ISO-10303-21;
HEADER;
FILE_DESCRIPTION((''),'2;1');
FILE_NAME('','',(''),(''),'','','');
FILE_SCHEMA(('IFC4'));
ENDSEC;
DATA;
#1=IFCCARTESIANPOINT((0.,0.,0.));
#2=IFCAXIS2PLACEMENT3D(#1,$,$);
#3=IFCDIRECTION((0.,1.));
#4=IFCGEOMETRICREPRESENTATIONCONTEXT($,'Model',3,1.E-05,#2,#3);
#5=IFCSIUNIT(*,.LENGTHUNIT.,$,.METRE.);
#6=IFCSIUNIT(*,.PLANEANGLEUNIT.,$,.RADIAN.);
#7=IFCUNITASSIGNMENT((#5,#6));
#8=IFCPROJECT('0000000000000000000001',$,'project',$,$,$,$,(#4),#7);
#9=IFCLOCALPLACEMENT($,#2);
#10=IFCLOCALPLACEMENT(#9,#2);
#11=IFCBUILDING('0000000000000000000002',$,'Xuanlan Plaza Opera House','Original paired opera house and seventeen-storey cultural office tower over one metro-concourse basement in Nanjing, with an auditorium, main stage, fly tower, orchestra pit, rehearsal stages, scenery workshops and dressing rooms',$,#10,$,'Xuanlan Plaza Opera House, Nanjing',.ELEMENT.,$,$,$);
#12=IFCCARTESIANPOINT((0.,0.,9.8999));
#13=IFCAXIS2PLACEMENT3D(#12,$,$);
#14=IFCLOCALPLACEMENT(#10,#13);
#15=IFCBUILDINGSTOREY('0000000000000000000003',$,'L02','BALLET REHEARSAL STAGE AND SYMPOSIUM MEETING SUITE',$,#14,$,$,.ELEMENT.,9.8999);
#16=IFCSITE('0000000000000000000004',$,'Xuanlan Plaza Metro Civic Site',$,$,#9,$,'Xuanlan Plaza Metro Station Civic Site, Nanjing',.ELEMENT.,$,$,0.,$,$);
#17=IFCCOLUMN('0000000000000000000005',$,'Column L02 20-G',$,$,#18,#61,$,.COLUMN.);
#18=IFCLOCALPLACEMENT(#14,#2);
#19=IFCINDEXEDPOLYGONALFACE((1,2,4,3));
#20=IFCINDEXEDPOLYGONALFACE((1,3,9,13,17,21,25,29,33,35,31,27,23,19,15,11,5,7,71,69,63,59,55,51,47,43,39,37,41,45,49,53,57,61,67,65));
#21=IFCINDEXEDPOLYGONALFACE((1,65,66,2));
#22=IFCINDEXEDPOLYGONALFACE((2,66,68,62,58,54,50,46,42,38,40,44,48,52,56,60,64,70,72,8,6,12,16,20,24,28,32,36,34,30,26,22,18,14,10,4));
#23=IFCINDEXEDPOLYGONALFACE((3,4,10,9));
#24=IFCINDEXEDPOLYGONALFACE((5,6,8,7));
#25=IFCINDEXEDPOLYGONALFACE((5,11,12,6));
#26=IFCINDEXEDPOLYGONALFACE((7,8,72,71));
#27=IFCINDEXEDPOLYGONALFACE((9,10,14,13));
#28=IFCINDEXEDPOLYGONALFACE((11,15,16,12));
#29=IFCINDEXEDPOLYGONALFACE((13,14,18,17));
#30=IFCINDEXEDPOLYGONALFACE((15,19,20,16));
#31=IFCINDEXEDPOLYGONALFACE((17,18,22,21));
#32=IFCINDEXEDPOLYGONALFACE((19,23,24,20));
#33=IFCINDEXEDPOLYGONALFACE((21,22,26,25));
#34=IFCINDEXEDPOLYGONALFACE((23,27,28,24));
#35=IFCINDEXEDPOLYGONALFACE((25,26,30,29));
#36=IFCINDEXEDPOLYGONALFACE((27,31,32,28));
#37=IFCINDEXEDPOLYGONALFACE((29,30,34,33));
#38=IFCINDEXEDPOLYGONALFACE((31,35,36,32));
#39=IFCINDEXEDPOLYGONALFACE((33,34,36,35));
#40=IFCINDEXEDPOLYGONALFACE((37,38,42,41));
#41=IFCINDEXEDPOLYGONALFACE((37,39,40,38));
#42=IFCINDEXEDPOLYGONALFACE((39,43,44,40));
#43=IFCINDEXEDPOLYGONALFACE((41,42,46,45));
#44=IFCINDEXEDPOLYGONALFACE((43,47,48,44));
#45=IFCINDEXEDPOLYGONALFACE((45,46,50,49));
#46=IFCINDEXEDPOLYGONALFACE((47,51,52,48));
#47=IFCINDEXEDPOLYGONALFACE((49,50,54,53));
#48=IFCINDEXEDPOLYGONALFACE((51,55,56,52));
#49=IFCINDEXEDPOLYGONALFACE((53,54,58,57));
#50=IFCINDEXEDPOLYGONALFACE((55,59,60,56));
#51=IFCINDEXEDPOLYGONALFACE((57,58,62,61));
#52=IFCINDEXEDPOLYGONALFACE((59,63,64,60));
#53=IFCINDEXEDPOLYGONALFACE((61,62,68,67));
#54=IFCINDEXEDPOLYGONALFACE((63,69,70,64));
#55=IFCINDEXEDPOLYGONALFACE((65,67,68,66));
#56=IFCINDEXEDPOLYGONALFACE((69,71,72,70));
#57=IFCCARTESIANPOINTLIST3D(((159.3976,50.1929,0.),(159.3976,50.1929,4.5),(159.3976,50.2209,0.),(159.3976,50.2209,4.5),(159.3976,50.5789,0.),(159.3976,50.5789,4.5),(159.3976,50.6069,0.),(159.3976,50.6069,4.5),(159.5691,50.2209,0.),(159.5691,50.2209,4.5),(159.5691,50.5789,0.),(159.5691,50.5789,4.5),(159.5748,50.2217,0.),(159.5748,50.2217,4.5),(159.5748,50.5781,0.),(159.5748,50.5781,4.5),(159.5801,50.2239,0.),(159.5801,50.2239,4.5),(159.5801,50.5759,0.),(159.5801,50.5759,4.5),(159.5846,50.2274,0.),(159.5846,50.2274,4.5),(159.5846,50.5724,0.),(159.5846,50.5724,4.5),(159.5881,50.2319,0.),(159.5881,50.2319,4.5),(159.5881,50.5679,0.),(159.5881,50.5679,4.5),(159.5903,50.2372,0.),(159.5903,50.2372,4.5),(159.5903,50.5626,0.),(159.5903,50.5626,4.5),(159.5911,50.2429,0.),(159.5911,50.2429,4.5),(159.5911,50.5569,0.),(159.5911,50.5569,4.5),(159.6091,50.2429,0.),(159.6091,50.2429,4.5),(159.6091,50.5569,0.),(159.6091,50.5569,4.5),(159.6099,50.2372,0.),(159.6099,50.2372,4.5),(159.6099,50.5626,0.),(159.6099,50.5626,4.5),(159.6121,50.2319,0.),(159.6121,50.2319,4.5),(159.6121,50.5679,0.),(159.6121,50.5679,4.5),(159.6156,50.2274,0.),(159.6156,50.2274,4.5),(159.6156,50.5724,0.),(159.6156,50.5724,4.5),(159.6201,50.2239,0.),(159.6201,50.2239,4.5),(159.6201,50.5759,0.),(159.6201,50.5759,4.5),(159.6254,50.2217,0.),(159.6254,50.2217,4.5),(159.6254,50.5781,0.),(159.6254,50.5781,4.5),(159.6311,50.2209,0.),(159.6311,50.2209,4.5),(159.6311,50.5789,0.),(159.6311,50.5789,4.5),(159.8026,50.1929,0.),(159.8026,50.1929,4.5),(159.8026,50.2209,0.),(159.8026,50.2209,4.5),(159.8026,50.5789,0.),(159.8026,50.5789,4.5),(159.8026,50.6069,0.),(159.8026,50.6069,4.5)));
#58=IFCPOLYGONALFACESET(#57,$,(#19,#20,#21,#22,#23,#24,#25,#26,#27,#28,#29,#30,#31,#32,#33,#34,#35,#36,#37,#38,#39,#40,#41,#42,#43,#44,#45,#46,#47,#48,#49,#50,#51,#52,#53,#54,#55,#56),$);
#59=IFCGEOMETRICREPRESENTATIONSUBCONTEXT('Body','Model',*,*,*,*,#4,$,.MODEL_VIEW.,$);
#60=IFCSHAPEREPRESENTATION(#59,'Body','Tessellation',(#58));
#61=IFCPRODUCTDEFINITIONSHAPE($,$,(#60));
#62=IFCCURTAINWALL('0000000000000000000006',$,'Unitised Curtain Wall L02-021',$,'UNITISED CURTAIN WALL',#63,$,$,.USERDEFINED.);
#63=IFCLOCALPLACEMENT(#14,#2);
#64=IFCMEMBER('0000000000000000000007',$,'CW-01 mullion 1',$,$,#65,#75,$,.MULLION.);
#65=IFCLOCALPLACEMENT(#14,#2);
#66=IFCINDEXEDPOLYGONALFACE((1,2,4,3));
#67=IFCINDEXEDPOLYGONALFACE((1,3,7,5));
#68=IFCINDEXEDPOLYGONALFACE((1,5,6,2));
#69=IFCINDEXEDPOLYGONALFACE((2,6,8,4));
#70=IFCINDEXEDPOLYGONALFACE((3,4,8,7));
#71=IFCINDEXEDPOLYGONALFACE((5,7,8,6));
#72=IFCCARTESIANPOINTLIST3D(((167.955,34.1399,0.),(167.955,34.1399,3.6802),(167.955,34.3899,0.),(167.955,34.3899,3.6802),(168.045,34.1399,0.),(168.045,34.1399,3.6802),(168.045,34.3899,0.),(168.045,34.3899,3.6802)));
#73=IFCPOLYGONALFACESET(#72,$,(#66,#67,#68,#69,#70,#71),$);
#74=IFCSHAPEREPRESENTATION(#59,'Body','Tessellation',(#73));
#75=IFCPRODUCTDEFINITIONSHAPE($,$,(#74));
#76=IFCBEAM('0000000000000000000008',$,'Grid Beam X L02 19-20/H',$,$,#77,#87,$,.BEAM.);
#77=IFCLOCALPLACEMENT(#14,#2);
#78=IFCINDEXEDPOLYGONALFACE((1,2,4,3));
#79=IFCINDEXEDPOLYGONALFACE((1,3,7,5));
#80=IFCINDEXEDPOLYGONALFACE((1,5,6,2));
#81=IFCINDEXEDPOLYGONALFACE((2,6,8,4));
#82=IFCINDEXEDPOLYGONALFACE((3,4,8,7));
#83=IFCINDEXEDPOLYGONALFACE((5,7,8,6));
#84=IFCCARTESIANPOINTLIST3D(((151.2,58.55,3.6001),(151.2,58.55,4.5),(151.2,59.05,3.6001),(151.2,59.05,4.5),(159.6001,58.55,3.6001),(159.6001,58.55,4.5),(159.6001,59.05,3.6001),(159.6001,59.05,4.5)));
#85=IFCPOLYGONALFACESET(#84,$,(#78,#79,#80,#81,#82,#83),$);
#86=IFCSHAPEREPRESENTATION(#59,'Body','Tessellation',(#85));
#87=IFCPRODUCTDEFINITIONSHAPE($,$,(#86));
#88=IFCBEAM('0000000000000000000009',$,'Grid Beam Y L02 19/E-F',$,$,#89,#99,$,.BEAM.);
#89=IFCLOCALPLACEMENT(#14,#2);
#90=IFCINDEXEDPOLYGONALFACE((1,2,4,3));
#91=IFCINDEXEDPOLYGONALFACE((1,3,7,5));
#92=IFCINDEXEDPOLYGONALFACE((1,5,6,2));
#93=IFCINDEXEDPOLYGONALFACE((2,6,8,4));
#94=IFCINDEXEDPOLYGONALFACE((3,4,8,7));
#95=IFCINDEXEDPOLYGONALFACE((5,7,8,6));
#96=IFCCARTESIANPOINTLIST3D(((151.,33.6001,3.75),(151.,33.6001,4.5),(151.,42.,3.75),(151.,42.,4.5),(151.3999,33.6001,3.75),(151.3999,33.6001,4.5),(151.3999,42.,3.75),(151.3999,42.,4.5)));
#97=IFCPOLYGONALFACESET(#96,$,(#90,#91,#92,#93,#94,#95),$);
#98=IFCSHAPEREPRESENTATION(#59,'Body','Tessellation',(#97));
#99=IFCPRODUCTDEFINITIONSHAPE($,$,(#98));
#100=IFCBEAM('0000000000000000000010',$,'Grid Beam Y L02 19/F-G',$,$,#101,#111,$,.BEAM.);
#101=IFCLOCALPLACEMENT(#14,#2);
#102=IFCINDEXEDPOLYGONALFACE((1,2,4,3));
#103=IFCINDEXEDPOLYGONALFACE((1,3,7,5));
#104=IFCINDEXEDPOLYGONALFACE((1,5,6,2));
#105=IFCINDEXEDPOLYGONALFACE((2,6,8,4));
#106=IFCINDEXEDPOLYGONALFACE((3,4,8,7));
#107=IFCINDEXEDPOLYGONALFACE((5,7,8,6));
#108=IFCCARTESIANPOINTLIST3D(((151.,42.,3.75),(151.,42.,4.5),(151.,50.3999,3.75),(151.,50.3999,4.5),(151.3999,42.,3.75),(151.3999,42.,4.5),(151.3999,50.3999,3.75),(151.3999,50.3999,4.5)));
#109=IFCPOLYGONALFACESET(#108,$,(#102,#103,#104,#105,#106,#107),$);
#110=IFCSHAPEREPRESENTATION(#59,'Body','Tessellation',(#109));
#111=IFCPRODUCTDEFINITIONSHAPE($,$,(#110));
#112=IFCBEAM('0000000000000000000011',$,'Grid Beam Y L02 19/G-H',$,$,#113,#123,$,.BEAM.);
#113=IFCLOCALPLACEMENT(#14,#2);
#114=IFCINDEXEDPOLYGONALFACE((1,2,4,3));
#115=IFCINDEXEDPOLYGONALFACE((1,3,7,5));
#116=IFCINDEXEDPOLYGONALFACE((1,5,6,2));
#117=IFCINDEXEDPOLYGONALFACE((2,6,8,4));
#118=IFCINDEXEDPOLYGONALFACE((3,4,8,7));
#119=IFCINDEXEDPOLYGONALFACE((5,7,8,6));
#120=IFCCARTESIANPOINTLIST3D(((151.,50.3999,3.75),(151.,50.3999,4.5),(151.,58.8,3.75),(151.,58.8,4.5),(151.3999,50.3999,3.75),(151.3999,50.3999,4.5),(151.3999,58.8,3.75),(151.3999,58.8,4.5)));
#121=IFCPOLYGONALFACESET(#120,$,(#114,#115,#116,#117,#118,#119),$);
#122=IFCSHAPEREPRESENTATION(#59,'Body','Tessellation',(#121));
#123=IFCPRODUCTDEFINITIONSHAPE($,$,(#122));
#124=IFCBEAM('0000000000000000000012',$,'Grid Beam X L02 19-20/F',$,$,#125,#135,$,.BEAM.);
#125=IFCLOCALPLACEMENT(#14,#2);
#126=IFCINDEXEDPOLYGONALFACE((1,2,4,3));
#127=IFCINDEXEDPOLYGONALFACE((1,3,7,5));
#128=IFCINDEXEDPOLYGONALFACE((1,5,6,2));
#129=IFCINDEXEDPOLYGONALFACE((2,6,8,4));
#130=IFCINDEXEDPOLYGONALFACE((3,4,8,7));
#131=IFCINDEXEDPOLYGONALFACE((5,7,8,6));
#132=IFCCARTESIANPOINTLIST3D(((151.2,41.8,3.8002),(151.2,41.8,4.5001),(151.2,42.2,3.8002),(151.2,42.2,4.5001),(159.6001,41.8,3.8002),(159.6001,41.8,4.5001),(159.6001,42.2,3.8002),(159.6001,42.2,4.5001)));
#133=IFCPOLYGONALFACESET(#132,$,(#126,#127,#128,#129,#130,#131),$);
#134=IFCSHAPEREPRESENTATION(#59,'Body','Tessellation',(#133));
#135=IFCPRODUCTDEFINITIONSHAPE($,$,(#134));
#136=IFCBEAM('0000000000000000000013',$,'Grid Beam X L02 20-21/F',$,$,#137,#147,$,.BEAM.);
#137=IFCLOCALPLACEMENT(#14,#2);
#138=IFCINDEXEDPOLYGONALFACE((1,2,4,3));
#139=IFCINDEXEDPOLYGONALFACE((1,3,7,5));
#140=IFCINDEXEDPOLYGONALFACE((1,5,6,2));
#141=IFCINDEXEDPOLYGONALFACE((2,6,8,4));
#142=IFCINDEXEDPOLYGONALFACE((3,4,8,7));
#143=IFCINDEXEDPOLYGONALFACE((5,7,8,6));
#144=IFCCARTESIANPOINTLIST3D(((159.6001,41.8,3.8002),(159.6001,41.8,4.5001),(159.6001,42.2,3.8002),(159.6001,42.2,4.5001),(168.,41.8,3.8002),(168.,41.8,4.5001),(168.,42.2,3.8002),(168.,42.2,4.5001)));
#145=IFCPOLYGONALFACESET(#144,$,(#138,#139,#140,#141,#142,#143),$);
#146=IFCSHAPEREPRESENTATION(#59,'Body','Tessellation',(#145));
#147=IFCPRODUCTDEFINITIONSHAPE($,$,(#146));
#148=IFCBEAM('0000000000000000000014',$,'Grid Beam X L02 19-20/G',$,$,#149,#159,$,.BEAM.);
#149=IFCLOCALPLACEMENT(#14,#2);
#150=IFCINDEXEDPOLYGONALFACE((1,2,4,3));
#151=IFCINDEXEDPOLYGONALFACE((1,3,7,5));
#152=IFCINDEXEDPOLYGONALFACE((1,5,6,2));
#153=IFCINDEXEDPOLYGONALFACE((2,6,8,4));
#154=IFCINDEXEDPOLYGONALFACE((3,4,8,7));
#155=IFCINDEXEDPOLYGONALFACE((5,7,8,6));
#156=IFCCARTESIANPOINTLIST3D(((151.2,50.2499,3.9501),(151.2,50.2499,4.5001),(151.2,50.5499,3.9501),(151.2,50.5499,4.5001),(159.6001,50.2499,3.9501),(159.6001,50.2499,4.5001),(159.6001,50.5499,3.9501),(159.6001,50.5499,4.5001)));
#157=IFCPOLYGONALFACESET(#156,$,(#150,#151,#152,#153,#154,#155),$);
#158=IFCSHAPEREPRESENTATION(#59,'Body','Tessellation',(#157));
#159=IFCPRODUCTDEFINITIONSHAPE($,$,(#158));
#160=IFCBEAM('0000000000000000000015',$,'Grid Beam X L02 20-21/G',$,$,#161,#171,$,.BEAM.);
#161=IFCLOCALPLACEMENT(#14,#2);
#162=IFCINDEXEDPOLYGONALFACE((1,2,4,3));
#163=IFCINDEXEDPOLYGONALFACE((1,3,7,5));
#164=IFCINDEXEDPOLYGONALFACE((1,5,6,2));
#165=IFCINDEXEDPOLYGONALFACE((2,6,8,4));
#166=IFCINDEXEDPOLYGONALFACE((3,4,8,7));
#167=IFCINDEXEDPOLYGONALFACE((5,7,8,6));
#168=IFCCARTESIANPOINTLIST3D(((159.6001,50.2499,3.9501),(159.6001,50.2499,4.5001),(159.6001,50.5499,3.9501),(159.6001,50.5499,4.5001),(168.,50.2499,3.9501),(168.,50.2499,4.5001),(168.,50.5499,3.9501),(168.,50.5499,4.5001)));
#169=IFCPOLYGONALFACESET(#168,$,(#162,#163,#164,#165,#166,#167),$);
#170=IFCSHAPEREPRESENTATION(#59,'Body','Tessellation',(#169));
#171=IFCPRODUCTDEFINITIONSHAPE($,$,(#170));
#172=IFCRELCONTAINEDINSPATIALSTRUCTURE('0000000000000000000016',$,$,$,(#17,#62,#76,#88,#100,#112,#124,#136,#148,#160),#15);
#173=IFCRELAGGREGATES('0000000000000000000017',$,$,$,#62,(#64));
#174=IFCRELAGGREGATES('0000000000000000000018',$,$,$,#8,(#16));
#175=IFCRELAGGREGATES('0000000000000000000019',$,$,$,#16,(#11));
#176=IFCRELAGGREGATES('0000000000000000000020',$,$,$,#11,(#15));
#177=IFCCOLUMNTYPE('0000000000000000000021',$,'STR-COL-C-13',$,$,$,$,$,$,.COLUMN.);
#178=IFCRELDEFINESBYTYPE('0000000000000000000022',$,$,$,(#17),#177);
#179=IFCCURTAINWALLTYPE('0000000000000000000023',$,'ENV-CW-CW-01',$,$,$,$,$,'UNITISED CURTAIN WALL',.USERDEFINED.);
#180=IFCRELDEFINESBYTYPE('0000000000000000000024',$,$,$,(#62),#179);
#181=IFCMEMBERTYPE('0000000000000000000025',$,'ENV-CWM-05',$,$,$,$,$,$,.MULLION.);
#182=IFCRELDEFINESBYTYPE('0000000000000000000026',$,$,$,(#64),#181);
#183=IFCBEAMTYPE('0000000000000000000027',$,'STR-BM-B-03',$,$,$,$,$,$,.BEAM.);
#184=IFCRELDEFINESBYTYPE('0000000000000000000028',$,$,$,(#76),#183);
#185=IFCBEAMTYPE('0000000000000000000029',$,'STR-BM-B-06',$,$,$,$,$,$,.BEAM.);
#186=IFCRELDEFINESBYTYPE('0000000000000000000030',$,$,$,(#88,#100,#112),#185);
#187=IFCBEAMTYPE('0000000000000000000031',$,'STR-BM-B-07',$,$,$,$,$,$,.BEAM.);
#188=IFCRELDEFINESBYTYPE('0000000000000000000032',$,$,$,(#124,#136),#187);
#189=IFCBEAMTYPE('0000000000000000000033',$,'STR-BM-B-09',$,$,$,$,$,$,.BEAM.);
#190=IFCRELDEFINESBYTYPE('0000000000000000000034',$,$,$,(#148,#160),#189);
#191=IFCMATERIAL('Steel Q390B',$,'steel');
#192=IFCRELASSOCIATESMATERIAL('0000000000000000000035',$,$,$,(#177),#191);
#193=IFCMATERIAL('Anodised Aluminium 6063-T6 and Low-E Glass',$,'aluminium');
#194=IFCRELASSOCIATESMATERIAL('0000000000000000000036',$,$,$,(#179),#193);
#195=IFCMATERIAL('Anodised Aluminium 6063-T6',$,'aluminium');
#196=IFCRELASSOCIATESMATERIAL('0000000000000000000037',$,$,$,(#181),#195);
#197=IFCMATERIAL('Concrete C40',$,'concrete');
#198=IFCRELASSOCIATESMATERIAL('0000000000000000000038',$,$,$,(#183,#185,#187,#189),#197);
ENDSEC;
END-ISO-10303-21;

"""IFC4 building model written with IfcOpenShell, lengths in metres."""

from ifc_helpers import new_model, si_unit, direction, frame, origin, origin_2d, place, context, subcontext, project, spatial, rectangle, i_section, extrude, material, material_profile, profile_set, type_object, element, aggregate, save


model = new_model("IFC4")

# Units and contexts
model_context = context("Model", 3, precision=1e-05, world=origin(), true_north=direction((0.0, 1.0)))
body_context = subcontext(model_context, "Body", "Model", "MODEL_VIEW")
ifc_project = project(units=[si_unit("LENGTHUNIT", "METRE"), si_unit("PLANEANGLEUNIT", "RADIAN")], contexts=[model_context])

# Site, building, storey
site_placement = place(None, origin())
site = spatial("IfcSite", under=ifc_project, at=site_placement, Name="Xuanlan Plaza Metro Civic Site", LongName="Xuanlan Plaza Metro Station Civic Site, Nanjing", CompositionType="ELEMENT", RefElevation=0.0)
building_placement = place(site_placement, origin())
building = spatial("IfcBuilding", under=site, at=building_placement, Name="Xuanlan Plaza Opera House", Description="Original paired opera house and seventeen-storey cultural office tower over one metro-concourse basement in Nanjing, with an auditorium, main stage, fly tower, orchestra pit, rehearsal stages, scenery workshops and dressing rooms", LongName="Xuanlan Plaza Opera House, Nanjing", CompositionType="ELEMENT")
storey_placement = place(building_placement, frame((0.0, 0.0, 9.8999)))
storey = spatial("IfcBuildingStorey", under=building, at=storey_placement, Name="L02", Description="BALLET REHEARSAL STAGE AND SYMPOSIUM MEETING SUITE", CompositionType="ELEMENT", Elevation=9.8999)

# Column
ifc_material_1 = material(Name="Steel Q390B", Category="steel")
ifc_material_profile_1 = material_profile(ifc_material_1, i_section(OverallWidth=0.405, OverallDepth=0.4141, WebThickness=0.0181, FlangeThickness=0.0281, FilletRadius=0.022, at=origin_2d()), Name="HW 414x405x18x28")
ifc_profile_set_1 = profile_set([ifc_material_profile_1], Name="Steel Q390B")
column_type_1 = type_object("IfcColumnType", Name="STR-COL-C-13", PredefinedType="COLUMN", material=ifc_profile_set_1)
for number, where, z_axis, x_axis, name in (
    (1, (159.6001, 50.3999, 0.0), (0.0, 0.0, 1.0), (1.0, 0.0, 0.0), "Column L02 20-G"),
):
    element("IfcColumn", number, at=place(storey_placement, frame(where, z_axis=z_axis, x_axis=x_axis)), inside=storey, type_object=column_type_1, Name=name, PredefinedType="COLUMN", context=body_context, shape_type="SweptSolid", body=[
        extrude(i_section(OverallWidth=0.405, OverallDepth=0.4141, WebThickness=0.0181, FlangeThickness=0.0281, FilletRadius=0.022, at=origin_2d()), origin(), (0.0, 0.0, 1.0), 4.5),
    ])

# Curtain wall, member
ifc_material_2 = material(Name="Anodised Aluminium 6063-T6 and Low-E Glass", Category="aluminium")
curtain_wall_type = type_object("IfcCurtainWallType", Name="ENV-CW-CW-01", ElementType="UNITISED CURTAIN WALL", PredefinedType="USERDEFINED", material=ifc_material_2)
curtain_wall_placement = place(storey_placement, origin())
curtain_wall = element("IfcCurtainWall", 2, at=curtain_wall_placement, inside=storey, type_object=curtain_wall_type, Name="Unitised Curtain Wall L02-021", ObjectType="UNITISED CURTAIN WALL", PredefinedType="USERDEFINED")
ifc_material_3 = material(Name="Anodised Aluminium 6063-T6", Category="aluminium")
ifc_material_profile_2 = material_profile(ifc_material_3, rectangle(XDim=0.0901, YDim=0.25, at=origin_2d()), Name="ALU-M 90x250")
ifc_profile_set_2 = profile_set([ifc_material_profile_2], Name="Anodised Aluminium 6063-T6")
member_type = type_object("IfcMemberType", Name="ENV-CWM-05", PredefinedType="MULLION", material=ifc_profile_set_2)
member_placement = place(storey_placement, frame((168.0, 34.2649, 0.0), z_axis=(0.0, 0.0, 1.0), x_axis=(-1.0, 0.0, 0.0)))
member = element("IfcMember", 3, at=member_placement, type_object=member_type, Name="CW-01 mullion 1", PredefinedType="MULLION", context=body_context, shape_type="SweptSolid", body=[
    extrude(rectangle(XDim=0.0901, YDim=0.25, at=origin_2d()), origin(), (0.0, 0.0, 1.0), 3.6802),
])
aggregate(curtain_wall, [member])

# Beams
ifc_material_4 = material(Name="Concrete C40", Category="concrete")
ifc_material_profile_3 = material_profile(ifc_material_4, rectangle(XDim=0.5, YDim=0.8999, at=origin_2d()), Name="RC-BM 500x900")
ifc_profile_set_3 = profile_set([ifc_material_profile_3], Name="Concrete C40")
beam_type_1 = type_object("IfcBeamType", Name="STR-BM-B-03", PredefinedType="BEAM", material=ifc_profile_set_3)
beam_1_placement = place(storey_placement, frame((151.2, 58.8, 4.05), z_axis=(1.0, 0.0, 0.0), x_axis=(0.0, 1.0, 0.0)))
element("IfcBeam", 4, at=beam_1_placement, inside=storey, type_object=beam_type_1, Name="Grid Beam X L02 19-20/H", PredefinedType="BEAM", context=body_context, shape_type="SweptSolid", body=[
    extrude(rectangle(XDim=0.5, YDim=0.8999, at=origin_2d()), origin(), (0.0, 0.0, 1.0), 8.4001),
])
ifc_material_profile_4 = material_profile(ifc_material_4, rectangle(XDim=0.3999, YDim=0.75, at=origin_2d()), Name="RC-BM 400x750")
ifc_profile_set_4 = profile_set([ifc_material_profile_4], Name="Concrete C40")
beam_type_2 = type_object("IfcBeamType", Name="STR-BM-B-06", PredefinedType="BEAM", material=ifc_profile_set_4)
for number, where, z_axis, x_axis, name in (
    (5, (151.2, 33.6001, 4.125), (0.0, 1.0, 0.0), (-1.0, 0.0, 0.0), "Grid Beam Y L02 19/E-F"),
    (6, (151.2, 42.0, 4.125), (0.0, 1.0, 0.0), (-1.0, 0.0, 0.0), "Grid Beam Y L02 19/F-G"),
):
    element("IfcBeam", number, at=place(storey_placement, frame(where, z_axis=z_axis, x_axis=x_axis)), inside=storey, type_object=beam_type_2, Name=name, PredefinedType="BEAM", context=body_context, shape_type="SweptSolid", body=[
        extrude(rectangle(XDim=0.3999, YDim=0.75, at=origin_2d()), origin(), (0.0, 0.0, 1.0), 8.3999),
    ])
beam_2_placement = place(storey_placement, frame((151.2, 50.3999, 4.125), z_axis=(0.0, 1.0, 0.0), x_axis=(-1.0, 0.0, 0.0)))
element("IfcBeam", 7, at=beam_2_placement, inside=storey, type_object=beam_type_2, Name="Grid Beam Y L02 19/G-H", PredefinedType="BEAM", context=body_context, shape_type="SweptSolid", body=[
    extrude(rectangle(XDim=0.3999, YDim=0.75, at=origin_2d()), origin(), (0.0, 0.0, 1.0), 8.4001),
])
ifc_material_profile_5 = material_profile(ifc_material_4, rectangle(XDim=0.3999, YDim=0.7, at=origin_2d()), Name="RC-BM 400x700")
ifc_profile_set_5 = profile_set([ifc_material_profile_5], Name="Concrete C40")
beam_type_3 = type_object("IfcBeamType", Name="STR-BM-B-07", PredefinedType="BEAM", material=ifc_profile_set_5)
beam_3_placement = place(storey_placement, frame((151.2, 42.0, 4.1501), z_axis=(1.0, 0.0, 0.0), x_axis=(0.0, 1.0, 0.0)))
element("IfcBeam", 8, at=beam_3_placement, inside=storey, type_object=beam_type_3, Name="Grid Beam X L02 19-20/F", PredefinedType="BEAM", context=body_context, shape_type="SweptSolid", body=[
    extrude(rectangle(XDim=0.3999, YDim=0.7, at=origin_2d()), origin(), (0.0, 0.0, 1.0), 8.4001),
])
beam_4_placement = place(storey_placement, frame((159.6001, 42.0, 4.1501), z_axis=(1.0, 0.0, 0.0), x_axis=(0.0, 1.0, 0.0)))
element("IfcBeam", 9, at=beam_4_placement, inside=storey, type_object=beam_type_3, Name="Grid Beam X L02 20-21/F", PredefinedType="BEAM", context=body_context, shape_type="SweptSolid", body=[
    extrude(rectangle(XDim=0.3999, YDim=0.7, at=origin_2d()), origin(), (0.0, 0.0, 1.0), 8.3999),
])
ifc_material_profile_6 = material_profile(ifc_material_4, rectangle(XDim=0.3, YDim=0.55, at=origin_2d()), Name="RC-BM 300x550")
ifc_profile_set_6 = profile_set([ifc_material_profile_6], Name="Concrete C40")
beam_type_4 = type_object("IfcBeamType", Name="STR-BM-B-09", PredefinedType="BEAM", material=ifc_profile_set_6)
beam_5_placement = place(storey_placement, frame((151.2, 50.3999, 4.2251), z_axis=(1.0, 0.0, 0.0), x_axis=(0.0, 1.0, 0.0)))
element("IfcBeam", 10, at=beam_5_placement, inside=storey, type_object=beam_type_4, Name="Grid Beam X L02 19-20/G", PredefinedType="BEAM", context=body_context, shape_type="SweptSolid", body=[
    extrude(rectangle(XDim=0.3, YDim=0.55, at=origin_2d()), origin(), (0.0, 0.0, 1.0), 8.4001),
])
beam_6_placement = place(storey_placement, frame((159.6001, 50.3999, 4.2251), z_axis=(1.0, 0.0, 0.0), x_axis=(0.0, 1.0, 0.0)))
element("IfcBeam", 11, at=beam_6_placement, inside=storey, type_object=beam_type_4, Name="Grid Beam X L02 20-21/G", PredefinedType="BEAM", context=body_context, shape_type="SweptSolid", body=[
    extrude(rectangle(XDim=0.3, YDim=0.55, at=origin_2d()), origin(), (0.0, 0.0, 1.0), 8.3999),
])

save(model, "model.ifc")
